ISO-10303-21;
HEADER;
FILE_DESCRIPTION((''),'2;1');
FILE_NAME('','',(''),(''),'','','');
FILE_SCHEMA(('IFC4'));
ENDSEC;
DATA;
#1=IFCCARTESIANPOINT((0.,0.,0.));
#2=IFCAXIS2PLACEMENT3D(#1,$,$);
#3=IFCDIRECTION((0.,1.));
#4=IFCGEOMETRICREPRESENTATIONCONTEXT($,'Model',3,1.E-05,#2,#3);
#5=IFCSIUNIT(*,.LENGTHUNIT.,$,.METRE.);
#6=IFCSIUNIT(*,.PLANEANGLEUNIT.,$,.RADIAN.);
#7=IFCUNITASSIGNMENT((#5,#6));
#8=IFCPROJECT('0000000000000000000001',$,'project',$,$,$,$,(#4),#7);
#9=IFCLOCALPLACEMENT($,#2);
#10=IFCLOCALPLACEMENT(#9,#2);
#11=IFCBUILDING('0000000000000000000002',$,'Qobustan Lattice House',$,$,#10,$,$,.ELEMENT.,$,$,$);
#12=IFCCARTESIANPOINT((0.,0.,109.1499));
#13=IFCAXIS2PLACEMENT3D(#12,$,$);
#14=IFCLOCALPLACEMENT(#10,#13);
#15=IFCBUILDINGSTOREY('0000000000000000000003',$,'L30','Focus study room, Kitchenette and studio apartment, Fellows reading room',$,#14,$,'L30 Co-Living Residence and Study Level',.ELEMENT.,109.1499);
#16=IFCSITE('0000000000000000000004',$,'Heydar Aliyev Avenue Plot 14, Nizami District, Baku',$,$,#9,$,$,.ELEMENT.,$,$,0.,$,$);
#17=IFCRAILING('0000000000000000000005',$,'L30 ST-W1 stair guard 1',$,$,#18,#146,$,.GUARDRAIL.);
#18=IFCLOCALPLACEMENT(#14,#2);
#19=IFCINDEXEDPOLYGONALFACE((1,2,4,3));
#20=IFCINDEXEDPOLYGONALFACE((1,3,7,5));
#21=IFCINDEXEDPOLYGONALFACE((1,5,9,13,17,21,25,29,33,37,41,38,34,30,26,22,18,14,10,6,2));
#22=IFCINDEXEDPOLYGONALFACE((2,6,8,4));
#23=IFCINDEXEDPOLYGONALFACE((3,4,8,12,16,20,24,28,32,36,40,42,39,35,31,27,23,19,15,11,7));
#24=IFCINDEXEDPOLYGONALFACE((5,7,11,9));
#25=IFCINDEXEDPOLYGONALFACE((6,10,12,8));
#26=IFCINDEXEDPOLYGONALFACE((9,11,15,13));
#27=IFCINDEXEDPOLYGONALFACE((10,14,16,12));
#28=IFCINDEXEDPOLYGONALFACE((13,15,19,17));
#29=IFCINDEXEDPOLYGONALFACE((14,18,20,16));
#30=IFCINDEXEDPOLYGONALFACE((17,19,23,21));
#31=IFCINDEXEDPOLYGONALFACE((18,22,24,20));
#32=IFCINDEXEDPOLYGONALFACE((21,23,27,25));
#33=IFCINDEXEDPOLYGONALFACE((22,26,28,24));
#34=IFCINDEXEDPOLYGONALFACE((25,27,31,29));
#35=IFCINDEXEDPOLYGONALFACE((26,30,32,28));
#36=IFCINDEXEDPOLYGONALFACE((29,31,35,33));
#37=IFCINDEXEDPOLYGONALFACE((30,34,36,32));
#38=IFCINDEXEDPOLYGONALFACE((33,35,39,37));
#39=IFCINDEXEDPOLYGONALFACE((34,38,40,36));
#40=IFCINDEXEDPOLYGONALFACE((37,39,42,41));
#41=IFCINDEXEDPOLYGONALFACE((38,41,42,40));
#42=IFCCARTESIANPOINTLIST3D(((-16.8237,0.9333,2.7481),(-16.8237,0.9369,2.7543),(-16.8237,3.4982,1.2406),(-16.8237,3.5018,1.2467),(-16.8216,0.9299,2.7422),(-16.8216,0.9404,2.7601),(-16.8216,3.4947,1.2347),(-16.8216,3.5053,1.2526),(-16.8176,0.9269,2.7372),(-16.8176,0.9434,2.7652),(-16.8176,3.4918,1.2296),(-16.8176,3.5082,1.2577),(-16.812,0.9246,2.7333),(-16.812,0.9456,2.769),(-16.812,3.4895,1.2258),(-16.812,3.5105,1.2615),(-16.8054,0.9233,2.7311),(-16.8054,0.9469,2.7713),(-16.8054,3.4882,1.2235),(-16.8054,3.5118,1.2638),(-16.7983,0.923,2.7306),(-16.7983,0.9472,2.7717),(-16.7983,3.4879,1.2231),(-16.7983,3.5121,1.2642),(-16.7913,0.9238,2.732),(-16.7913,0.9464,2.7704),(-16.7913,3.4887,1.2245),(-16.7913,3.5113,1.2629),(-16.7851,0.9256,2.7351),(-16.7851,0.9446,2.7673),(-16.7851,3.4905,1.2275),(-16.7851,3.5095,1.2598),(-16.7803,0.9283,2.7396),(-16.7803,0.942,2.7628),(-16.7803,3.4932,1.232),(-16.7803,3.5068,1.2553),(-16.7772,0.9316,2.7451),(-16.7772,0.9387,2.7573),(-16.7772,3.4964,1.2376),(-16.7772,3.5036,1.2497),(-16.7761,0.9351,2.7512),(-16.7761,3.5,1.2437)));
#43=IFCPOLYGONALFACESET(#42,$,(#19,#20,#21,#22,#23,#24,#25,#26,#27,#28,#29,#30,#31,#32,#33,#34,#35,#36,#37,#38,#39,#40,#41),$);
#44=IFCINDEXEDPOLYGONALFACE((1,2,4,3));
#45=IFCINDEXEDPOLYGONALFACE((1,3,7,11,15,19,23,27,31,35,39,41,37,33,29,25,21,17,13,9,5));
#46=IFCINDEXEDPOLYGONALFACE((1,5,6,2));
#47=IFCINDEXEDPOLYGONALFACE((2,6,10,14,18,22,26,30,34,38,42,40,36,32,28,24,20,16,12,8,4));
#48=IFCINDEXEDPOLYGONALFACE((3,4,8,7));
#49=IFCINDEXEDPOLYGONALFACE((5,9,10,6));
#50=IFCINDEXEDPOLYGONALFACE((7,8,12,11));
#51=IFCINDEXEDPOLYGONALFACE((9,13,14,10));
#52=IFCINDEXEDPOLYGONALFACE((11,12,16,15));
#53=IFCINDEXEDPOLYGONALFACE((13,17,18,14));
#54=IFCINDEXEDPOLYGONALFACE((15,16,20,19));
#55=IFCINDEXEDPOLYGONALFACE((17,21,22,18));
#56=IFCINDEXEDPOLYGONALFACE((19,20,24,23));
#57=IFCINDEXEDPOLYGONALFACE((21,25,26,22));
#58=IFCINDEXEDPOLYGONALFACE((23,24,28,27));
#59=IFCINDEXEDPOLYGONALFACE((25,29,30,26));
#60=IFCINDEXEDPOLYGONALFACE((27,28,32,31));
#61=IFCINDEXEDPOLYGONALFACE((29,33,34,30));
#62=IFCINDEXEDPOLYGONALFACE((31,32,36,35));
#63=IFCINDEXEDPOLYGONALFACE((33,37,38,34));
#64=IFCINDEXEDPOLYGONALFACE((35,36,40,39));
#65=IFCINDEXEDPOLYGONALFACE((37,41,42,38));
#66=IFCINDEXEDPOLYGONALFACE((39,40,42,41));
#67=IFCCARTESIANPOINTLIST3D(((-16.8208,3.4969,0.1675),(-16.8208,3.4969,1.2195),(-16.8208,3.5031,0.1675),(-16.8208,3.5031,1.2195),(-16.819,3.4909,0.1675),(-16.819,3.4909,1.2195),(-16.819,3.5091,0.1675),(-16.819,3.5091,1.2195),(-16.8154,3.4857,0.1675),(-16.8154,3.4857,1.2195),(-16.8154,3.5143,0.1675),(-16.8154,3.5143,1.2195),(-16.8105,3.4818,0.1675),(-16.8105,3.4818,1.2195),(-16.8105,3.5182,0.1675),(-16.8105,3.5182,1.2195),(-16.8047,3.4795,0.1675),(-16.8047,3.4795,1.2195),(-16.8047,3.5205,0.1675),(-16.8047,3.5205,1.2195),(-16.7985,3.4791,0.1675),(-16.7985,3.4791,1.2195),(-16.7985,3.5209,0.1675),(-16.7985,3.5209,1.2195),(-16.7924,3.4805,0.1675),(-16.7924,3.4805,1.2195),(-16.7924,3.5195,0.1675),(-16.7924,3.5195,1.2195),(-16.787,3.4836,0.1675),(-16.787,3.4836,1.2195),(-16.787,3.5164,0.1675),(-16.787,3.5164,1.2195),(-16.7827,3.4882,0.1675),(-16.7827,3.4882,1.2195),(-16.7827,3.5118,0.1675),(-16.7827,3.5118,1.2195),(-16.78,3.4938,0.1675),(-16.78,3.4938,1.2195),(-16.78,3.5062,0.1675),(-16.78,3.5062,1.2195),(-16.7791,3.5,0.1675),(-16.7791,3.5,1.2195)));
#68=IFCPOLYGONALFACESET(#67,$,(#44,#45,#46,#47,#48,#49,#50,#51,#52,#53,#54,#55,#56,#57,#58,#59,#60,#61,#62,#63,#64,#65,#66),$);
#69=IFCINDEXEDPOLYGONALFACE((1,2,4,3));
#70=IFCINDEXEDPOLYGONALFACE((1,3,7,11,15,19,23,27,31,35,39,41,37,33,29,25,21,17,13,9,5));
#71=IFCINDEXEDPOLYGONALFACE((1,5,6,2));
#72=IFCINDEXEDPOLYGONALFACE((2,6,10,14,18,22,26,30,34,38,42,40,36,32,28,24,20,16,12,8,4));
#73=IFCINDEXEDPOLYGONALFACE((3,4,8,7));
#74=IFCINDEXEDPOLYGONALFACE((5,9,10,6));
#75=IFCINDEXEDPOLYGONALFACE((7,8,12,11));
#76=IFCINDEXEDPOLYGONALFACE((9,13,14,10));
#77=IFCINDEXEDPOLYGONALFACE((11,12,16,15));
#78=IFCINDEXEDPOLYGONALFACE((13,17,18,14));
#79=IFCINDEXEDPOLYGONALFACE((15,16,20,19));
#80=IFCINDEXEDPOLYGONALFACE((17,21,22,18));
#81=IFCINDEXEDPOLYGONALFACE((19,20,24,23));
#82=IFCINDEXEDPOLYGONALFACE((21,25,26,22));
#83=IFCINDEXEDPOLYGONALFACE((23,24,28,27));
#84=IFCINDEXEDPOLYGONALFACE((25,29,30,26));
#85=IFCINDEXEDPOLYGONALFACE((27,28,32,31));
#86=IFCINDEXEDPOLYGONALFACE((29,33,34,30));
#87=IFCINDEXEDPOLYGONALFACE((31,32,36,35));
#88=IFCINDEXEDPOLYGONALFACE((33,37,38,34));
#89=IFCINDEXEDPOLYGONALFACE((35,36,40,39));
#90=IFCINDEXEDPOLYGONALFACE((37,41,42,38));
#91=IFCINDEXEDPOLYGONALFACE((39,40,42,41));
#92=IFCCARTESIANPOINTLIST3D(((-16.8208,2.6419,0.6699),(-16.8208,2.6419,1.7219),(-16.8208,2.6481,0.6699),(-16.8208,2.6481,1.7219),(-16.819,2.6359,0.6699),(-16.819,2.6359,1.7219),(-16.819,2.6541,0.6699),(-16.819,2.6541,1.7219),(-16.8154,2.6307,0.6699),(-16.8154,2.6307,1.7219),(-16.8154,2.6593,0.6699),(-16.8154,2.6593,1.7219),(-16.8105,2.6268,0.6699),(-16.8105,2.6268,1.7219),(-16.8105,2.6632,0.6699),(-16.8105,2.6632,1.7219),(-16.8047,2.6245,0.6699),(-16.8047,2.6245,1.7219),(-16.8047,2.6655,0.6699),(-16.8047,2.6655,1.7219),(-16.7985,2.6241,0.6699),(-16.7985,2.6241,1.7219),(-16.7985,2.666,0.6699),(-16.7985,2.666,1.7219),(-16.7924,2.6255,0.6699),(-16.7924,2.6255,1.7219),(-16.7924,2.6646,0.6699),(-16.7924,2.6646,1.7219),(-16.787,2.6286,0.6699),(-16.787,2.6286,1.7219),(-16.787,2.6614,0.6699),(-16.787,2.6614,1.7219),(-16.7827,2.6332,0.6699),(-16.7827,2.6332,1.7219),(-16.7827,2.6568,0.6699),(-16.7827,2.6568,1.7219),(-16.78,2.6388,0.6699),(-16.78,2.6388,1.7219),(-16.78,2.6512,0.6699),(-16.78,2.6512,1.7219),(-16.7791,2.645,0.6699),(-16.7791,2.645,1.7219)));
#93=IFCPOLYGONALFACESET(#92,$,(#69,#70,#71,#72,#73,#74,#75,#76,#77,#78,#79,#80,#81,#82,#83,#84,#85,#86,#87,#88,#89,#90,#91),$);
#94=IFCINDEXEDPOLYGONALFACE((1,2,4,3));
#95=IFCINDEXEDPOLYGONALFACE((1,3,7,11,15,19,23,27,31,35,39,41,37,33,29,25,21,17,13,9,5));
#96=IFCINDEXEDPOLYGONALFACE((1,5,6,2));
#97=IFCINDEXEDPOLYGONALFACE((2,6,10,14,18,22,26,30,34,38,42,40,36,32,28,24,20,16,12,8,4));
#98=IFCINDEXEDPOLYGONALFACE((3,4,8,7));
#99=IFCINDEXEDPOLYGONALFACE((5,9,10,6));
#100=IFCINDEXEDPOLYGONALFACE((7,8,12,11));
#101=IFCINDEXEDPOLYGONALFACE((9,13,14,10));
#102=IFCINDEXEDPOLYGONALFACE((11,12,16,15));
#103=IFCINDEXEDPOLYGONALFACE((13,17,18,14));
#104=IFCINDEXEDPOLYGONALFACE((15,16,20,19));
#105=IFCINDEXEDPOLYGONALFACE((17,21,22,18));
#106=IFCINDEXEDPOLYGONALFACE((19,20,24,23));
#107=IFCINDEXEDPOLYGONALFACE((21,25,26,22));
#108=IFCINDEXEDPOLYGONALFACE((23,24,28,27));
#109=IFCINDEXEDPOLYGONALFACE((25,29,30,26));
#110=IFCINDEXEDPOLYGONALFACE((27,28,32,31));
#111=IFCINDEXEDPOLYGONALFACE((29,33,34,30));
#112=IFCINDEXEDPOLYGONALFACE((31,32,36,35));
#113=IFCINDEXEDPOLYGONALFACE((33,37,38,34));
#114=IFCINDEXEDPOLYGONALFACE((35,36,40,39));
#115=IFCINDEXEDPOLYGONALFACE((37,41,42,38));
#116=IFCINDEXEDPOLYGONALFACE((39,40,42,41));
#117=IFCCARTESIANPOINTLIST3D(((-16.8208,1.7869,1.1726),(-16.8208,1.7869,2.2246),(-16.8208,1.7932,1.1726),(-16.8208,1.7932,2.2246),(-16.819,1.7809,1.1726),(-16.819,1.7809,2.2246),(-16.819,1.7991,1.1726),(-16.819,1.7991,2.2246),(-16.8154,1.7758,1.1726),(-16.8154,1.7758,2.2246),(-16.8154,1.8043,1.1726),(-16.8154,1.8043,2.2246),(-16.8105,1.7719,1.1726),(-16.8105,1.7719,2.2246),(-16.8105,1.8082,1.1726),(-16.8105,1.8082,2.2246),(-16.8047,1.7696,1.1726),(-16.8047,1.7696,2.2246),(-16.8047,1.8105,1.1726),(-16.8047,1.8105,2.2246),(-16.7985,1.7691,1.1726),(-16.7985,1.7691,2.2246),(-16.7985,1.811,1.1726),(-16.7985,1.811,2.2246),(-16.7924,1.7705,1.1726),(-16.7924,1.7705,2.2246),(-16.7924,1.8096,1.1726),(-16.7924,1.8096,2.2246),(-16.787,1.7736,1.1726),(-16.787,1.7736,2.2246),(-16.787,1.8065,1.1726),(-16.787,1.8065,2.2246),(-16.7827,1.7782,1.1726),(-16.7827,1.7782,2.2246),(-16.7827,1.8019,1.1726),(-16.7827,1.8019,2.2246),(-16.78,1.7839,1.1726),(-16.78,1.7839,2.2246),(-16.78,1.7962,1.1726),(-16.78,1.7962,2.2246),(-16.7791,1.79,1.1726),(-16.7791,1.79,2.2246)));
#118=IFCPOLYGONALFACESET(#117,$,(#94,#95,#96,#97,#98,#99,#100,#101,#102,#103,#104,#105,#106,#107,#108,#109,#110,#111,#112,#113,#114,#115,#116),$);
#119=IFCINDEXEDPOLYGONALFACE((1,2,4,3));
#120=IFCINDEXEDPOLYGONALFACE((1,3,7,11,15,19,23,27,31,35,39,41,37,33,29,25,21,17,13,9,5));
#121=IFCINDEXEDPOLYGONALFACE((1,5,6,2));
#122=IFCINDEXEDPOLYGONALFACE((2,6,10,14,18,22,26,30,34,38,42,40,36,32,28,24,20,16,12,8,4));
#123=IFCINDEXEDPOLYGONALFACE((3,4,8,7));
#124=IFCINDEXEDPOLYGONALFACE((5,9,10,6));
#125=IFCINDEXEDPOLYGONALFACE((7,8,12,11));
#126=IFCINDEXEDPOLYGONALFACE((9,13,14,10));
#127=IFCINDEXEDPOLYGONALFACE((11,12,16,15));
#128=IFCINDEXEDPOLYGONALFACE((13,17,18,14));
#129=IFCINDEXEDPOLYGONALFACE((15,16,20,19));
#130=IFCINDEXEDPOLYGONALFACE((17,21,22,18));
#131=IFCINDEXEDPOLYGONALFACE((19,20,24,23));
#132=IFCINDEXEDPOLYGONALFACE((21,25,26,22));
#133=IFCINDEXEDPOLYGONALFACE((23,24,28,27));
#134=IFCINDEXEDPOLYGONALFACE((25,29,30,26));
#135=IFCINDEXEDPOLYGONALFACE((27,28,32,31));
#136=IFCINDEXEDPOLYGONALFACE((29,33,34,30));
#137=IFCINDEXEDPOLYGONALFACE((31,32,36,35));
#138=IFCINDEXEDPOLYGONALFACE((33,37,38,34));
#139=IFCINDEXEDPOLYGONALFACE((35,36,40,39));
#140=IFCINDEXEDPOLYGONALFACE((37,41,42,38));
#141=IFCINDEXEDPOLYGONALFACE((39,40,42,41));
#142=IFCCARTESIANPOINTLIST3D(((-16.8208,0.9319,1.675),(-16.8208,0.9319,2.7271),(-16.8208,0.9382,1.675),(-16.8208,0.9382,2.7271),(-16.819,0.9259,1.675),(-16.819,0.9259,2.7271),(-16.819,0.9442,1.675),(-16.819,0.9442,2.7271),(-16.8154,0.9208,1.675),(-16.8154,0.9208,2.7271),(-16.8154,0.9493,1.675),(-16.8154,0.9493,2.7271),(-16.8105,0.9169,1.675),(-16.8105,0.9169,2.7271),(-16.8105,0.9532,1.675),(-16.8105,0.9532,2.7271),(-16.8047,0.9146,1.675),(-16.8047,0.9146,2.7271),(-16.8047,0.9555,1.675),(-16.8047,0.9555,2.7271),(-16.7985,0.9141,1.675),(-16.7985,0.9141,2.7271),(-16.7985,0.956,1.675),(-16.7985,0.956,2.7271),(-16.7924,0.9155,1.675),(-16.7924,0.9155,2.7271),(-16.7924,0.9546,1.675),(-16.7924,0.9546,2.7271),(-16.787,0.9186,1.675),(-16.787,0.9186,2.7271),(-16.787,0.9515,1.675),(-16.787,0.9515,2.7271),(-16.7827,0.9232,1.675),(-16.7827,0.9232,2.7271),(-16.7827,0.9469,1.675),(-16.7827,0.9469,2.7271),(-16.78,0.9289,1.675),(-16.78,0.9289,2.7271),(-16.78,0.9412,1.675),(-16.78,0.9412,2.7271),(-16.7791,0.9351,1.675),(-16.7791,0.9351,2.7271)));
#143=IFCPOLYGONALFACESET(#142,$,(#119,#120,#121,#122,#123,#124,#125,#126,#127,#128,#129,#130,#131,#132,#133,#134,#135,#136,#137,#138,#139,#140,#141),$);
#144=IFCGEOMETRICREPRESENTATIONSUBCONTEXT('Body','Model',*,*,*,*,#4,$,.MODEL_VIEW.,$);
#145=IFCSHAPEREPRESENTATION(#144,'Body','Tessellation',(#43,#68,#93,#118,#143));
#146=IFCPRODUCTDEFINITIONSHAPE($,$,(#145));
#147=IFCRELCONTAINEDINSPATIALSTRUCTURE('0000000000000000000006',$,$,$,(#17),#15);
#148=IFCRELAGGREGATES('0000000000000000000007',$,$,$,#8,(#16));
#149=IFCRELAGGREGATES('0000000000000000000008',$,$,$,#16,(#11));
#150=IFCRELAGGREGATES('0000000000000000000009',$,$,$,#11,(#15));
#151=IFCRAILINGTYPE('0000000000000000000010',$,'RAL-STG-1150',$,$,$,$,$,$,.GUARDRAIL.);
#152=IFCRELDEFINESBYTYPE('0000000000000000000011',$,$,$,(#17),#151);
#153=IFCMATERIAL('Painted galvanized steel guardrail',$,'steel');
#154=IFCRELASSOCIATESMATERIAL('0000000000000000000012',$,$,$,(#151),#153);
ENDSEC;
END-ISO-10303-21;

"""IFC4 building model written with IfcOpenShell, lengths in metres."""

from ifc_helpers import new_model, si_unit, direction, frame, origin, origin_2d, place, context, subcontext, project, spatial, circle, extrude, material, type_object, element, save


model = new_model("IFC4")

# Units and contexts
model_context = context("Model", 3, precision=1e-05, world=origin(), true_north=direction((0.0, 1.0)))
body_context = subcontext(model_context, "Body", "Model", "MODEL_VIEW")
ifc_project = project(units=[si_unit("LENGTHUNIT", "METRE"), si_unit("PLANEANGLEUNIT", "RADIAN")], contexts=[model_context])

# Site, building, storey
site_placement = place(None, origin())
site = spatial("IfcSite", under=ifc_project, at=site_placement, Name="Heydar Aliyev Avenue Plot 14, Nizami District, Baku", CompositionType="ELEMENT", RefElevation=0.0)
building_placement = place(site_placement, origin())
building = spatial("IfcBuilding", under=site, at=building_placement, Name="Qobustan Lattice House", CompositionType="ELEMENT")
storey_placement = place(building_placement, frame((0.0, 0.0, 109.1499)))
storey = spatial("IfcBuildingStorey", under=building, at=storey_placement, Name="L30", Description="Focus study room, Kitchenette and studio apartment, Fellows reading room", LongName="L30 Co-Living Residence and Study Level", CompositionType="ELEMENT", Elevation=109.1499)

# Railing
ifc_material_1 = material(Name="Painted galvanized steel guardrail", Category="steel")
railing_type_1 = type_object("IfcRailingType", Name="RAL-STG-1150", PredefinedType="GUARDRAIL", material=ifc_material_1)
railing_1_placement = place(storey_placement, frame((-16.8, 3.5, 0.1675)))
element("IfcRailing", 1, at=railing_1_placement, inside=storey, type_object=railing_type_1, Name="L30 ST-W1 stair guard 1", PredefinedType="GUARDRAIL", context=body_context, shape_type="SweptSolid", body=[
    extrude(circle(Radius=0.0239, at=origin_2d()), frame((0.0, 0.0, 1.0762), z_axis=(0.0, -0.862113, 0.506715), x_axis=(1.0, 0.0, 0.0)), (0.0, 0.0, 1.0), 2.9751),
    extrude(circle(Radius=0.021, at=origin_2d()), origin(), (0.0, 0.0, 1.0), 1.052),
    extrude(circle(Radius=0.021, at=origin_2d()), frame((0.0, -0.855, 0.5024)), (0.0, 0.0, 1.0), 1.052),
    extrude(circle(Radius=0.021, at=origin_2d()), frame((0.0, -1.71, 1.0051)), (0.0, 0.0, 1.0), 1.052),
    extrude(circle(Radius=0.021, at=origin_2d()), frame((0.0, -2.5649, 1.5076)), (0.0, 0.0, 1.0), 1.052),
])

save(model, "model.ifc")
